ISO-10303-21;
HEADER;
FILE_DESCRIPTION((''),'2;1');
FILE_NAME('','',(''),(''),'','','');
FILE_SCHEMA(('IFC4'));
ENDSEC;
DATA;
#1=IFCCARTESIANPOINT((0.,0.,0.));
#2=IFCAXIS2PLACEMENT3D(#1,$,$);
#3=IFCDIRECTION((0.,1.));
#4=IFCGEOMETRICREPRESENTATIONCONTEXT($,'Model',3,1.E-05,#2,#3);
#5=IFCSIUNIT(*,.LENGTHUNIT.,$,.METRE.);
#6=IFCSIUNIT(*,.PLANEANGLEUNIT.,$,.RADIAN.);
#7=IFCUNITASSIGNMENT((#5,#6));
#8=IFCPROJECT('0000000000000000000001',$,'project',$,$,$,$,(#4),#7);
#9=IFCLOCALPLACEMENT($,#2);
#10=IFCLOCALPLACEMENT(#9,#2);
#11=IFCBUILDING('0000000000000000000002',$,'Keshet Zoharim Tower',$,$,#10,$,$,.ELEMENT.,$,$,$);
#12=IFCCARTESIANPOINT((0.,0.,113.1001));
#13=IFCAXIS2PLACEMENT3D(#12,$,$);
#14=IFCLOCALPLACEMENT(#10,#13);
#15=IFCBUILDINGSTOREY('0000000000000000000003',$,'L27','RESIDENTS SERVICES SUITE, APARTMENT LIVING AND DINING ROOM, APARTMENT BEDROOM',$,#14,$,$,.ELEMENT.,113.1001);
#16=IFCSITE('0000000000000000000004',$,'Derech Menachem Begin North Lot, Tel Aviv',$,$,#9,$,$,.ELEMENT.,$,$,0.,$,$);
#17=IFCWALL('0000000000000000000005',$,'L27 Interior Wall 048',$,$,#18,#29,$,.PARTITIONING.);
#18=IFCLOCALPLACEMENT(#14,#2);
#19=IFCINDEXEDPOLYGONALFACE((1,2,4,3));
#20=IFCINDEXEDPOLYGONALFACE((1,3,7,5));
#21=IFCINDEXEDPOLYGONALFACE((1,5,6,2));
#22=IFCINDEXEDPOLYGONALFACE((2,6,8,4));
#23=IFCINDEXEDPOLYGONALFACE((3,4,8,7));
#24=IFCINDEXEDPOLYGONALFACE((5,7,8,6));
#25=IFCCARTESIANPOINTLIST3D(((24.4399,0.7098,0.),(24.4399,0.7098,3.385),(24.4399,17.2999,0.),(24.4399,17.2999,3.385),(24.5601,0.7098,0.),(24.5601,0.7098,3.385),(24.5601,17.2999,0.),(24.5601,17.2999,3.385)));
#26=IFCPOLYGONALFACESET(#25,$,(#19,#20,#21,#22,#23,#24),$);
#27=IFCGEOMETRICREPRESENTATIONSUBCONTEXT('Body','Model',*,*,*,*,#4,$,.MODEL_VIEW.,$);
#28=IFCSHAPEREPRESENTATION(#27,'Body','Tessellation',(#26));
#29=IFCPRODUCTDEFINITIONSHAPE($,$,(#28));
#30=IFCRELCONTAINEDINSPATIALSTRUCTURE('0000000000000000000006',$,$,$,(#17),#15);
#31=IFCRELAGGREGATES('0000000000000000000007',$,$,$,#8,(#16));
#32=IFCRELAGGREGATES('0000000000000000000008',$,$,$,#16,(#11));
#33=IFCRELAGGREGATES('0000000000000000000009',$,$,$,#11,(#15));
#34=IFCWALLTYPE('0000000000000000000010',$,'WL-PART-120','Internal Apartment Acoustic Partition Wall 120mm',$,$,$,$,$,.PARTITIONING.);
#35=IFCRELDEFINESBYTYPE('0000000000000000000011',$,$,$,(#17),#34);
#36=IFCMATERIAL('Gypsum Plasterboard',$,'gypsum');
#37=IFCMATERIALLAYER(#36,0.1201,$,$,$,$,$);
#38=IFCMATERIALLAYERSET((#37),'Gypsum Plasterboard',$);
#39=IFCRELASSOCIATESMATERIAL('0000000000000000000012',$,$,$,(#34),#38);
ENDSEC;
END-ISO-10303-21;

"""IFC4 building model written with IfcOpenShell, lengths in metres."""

from ifc_helpers import new_model, si_unit, direction, frame, frame_2d, origin, place, context, subcontext, project, spatial, rectangle, extrude, material, layer, layer_set, type_object, element, save


model = new_model("IFC4")

# Units and contexts
model_context = context("Model", 3, precision=1e-05, world=origin(), true_north=direction((0.0, 1.0)))
body_context = subcontext(model_context, "Body", "Model", "MODEL_VIEW")
ifc_project = project(units=[si_unit("LENGTHUNIT", "METRE"), si_unit("PLANEANGLEUNIT", "RADIAN")], contexts=[model_context])

# Site, building, storey
site_placement = place(None, origin())
site = spatial("IfcSite", under=ifc_project, at=site_placement, Name="Derech Menachem Begin North Lot, Tel Aviv", CompositionType="ELEMENT", RefElevation=0.0)
building_placement = place(site_placement, origin())
building = spatial("IfcBuilding", under=site, at=building_placement, Name="Keshet Zoharim Tower", CompositionType="ELEMENT")
storey_placement = place(building_placement, frame((0.0, 0.0, 113.1001)))
storey = spatial("IfcBuildingStorey", under=building, at=storey_placement, Name="L27", Description="RESIDENTS SERVICES SUITE, APARTMENT LIVING AND DINING ROOM, APARTMENT BEDROOM", CompositionType="ELEMENT", Elevation=113.1001)

# Wall
ifc_material_1 = material(Name="Gypsum Plasterboard", Category="gypsum")
ifc_layer_1 = layer(ifc_material_1, 0.1201)
ifc_layer_set_1 = layer_set([ifc_layer_1], Name="Gypsum Plasterboard")
wall_type = type_object("IfcWallType", Name="WL-PART-120", Description="Internal Apartment Acoustic Partition Wall 120mm", PredefinedType="PARTITIONING", material=ifc_layer_set_1)
wall_placement = place(storey_placement, frame((24.5, 0.71, 0.0), z_axis=(0.0, 0.0, 1.0), x_axis=(0.0, 1.0, 0.0)))
element("IfcWall", 1, at=wall_placement, inside=storey, type_object=wall_type, Name="L27 Interior Wall 048", PredefinedType="PARTITIONING", context=body_context, shape_type="SweptSolid", body=[
    extrude(rectangle(XDim=16.5901, YDim=0.1201, at=frame_2d((8.2949, 0.0))), origin(), (0.0, 0.0, 1.0), 3.385),
])

save(model, "model.ifc")
